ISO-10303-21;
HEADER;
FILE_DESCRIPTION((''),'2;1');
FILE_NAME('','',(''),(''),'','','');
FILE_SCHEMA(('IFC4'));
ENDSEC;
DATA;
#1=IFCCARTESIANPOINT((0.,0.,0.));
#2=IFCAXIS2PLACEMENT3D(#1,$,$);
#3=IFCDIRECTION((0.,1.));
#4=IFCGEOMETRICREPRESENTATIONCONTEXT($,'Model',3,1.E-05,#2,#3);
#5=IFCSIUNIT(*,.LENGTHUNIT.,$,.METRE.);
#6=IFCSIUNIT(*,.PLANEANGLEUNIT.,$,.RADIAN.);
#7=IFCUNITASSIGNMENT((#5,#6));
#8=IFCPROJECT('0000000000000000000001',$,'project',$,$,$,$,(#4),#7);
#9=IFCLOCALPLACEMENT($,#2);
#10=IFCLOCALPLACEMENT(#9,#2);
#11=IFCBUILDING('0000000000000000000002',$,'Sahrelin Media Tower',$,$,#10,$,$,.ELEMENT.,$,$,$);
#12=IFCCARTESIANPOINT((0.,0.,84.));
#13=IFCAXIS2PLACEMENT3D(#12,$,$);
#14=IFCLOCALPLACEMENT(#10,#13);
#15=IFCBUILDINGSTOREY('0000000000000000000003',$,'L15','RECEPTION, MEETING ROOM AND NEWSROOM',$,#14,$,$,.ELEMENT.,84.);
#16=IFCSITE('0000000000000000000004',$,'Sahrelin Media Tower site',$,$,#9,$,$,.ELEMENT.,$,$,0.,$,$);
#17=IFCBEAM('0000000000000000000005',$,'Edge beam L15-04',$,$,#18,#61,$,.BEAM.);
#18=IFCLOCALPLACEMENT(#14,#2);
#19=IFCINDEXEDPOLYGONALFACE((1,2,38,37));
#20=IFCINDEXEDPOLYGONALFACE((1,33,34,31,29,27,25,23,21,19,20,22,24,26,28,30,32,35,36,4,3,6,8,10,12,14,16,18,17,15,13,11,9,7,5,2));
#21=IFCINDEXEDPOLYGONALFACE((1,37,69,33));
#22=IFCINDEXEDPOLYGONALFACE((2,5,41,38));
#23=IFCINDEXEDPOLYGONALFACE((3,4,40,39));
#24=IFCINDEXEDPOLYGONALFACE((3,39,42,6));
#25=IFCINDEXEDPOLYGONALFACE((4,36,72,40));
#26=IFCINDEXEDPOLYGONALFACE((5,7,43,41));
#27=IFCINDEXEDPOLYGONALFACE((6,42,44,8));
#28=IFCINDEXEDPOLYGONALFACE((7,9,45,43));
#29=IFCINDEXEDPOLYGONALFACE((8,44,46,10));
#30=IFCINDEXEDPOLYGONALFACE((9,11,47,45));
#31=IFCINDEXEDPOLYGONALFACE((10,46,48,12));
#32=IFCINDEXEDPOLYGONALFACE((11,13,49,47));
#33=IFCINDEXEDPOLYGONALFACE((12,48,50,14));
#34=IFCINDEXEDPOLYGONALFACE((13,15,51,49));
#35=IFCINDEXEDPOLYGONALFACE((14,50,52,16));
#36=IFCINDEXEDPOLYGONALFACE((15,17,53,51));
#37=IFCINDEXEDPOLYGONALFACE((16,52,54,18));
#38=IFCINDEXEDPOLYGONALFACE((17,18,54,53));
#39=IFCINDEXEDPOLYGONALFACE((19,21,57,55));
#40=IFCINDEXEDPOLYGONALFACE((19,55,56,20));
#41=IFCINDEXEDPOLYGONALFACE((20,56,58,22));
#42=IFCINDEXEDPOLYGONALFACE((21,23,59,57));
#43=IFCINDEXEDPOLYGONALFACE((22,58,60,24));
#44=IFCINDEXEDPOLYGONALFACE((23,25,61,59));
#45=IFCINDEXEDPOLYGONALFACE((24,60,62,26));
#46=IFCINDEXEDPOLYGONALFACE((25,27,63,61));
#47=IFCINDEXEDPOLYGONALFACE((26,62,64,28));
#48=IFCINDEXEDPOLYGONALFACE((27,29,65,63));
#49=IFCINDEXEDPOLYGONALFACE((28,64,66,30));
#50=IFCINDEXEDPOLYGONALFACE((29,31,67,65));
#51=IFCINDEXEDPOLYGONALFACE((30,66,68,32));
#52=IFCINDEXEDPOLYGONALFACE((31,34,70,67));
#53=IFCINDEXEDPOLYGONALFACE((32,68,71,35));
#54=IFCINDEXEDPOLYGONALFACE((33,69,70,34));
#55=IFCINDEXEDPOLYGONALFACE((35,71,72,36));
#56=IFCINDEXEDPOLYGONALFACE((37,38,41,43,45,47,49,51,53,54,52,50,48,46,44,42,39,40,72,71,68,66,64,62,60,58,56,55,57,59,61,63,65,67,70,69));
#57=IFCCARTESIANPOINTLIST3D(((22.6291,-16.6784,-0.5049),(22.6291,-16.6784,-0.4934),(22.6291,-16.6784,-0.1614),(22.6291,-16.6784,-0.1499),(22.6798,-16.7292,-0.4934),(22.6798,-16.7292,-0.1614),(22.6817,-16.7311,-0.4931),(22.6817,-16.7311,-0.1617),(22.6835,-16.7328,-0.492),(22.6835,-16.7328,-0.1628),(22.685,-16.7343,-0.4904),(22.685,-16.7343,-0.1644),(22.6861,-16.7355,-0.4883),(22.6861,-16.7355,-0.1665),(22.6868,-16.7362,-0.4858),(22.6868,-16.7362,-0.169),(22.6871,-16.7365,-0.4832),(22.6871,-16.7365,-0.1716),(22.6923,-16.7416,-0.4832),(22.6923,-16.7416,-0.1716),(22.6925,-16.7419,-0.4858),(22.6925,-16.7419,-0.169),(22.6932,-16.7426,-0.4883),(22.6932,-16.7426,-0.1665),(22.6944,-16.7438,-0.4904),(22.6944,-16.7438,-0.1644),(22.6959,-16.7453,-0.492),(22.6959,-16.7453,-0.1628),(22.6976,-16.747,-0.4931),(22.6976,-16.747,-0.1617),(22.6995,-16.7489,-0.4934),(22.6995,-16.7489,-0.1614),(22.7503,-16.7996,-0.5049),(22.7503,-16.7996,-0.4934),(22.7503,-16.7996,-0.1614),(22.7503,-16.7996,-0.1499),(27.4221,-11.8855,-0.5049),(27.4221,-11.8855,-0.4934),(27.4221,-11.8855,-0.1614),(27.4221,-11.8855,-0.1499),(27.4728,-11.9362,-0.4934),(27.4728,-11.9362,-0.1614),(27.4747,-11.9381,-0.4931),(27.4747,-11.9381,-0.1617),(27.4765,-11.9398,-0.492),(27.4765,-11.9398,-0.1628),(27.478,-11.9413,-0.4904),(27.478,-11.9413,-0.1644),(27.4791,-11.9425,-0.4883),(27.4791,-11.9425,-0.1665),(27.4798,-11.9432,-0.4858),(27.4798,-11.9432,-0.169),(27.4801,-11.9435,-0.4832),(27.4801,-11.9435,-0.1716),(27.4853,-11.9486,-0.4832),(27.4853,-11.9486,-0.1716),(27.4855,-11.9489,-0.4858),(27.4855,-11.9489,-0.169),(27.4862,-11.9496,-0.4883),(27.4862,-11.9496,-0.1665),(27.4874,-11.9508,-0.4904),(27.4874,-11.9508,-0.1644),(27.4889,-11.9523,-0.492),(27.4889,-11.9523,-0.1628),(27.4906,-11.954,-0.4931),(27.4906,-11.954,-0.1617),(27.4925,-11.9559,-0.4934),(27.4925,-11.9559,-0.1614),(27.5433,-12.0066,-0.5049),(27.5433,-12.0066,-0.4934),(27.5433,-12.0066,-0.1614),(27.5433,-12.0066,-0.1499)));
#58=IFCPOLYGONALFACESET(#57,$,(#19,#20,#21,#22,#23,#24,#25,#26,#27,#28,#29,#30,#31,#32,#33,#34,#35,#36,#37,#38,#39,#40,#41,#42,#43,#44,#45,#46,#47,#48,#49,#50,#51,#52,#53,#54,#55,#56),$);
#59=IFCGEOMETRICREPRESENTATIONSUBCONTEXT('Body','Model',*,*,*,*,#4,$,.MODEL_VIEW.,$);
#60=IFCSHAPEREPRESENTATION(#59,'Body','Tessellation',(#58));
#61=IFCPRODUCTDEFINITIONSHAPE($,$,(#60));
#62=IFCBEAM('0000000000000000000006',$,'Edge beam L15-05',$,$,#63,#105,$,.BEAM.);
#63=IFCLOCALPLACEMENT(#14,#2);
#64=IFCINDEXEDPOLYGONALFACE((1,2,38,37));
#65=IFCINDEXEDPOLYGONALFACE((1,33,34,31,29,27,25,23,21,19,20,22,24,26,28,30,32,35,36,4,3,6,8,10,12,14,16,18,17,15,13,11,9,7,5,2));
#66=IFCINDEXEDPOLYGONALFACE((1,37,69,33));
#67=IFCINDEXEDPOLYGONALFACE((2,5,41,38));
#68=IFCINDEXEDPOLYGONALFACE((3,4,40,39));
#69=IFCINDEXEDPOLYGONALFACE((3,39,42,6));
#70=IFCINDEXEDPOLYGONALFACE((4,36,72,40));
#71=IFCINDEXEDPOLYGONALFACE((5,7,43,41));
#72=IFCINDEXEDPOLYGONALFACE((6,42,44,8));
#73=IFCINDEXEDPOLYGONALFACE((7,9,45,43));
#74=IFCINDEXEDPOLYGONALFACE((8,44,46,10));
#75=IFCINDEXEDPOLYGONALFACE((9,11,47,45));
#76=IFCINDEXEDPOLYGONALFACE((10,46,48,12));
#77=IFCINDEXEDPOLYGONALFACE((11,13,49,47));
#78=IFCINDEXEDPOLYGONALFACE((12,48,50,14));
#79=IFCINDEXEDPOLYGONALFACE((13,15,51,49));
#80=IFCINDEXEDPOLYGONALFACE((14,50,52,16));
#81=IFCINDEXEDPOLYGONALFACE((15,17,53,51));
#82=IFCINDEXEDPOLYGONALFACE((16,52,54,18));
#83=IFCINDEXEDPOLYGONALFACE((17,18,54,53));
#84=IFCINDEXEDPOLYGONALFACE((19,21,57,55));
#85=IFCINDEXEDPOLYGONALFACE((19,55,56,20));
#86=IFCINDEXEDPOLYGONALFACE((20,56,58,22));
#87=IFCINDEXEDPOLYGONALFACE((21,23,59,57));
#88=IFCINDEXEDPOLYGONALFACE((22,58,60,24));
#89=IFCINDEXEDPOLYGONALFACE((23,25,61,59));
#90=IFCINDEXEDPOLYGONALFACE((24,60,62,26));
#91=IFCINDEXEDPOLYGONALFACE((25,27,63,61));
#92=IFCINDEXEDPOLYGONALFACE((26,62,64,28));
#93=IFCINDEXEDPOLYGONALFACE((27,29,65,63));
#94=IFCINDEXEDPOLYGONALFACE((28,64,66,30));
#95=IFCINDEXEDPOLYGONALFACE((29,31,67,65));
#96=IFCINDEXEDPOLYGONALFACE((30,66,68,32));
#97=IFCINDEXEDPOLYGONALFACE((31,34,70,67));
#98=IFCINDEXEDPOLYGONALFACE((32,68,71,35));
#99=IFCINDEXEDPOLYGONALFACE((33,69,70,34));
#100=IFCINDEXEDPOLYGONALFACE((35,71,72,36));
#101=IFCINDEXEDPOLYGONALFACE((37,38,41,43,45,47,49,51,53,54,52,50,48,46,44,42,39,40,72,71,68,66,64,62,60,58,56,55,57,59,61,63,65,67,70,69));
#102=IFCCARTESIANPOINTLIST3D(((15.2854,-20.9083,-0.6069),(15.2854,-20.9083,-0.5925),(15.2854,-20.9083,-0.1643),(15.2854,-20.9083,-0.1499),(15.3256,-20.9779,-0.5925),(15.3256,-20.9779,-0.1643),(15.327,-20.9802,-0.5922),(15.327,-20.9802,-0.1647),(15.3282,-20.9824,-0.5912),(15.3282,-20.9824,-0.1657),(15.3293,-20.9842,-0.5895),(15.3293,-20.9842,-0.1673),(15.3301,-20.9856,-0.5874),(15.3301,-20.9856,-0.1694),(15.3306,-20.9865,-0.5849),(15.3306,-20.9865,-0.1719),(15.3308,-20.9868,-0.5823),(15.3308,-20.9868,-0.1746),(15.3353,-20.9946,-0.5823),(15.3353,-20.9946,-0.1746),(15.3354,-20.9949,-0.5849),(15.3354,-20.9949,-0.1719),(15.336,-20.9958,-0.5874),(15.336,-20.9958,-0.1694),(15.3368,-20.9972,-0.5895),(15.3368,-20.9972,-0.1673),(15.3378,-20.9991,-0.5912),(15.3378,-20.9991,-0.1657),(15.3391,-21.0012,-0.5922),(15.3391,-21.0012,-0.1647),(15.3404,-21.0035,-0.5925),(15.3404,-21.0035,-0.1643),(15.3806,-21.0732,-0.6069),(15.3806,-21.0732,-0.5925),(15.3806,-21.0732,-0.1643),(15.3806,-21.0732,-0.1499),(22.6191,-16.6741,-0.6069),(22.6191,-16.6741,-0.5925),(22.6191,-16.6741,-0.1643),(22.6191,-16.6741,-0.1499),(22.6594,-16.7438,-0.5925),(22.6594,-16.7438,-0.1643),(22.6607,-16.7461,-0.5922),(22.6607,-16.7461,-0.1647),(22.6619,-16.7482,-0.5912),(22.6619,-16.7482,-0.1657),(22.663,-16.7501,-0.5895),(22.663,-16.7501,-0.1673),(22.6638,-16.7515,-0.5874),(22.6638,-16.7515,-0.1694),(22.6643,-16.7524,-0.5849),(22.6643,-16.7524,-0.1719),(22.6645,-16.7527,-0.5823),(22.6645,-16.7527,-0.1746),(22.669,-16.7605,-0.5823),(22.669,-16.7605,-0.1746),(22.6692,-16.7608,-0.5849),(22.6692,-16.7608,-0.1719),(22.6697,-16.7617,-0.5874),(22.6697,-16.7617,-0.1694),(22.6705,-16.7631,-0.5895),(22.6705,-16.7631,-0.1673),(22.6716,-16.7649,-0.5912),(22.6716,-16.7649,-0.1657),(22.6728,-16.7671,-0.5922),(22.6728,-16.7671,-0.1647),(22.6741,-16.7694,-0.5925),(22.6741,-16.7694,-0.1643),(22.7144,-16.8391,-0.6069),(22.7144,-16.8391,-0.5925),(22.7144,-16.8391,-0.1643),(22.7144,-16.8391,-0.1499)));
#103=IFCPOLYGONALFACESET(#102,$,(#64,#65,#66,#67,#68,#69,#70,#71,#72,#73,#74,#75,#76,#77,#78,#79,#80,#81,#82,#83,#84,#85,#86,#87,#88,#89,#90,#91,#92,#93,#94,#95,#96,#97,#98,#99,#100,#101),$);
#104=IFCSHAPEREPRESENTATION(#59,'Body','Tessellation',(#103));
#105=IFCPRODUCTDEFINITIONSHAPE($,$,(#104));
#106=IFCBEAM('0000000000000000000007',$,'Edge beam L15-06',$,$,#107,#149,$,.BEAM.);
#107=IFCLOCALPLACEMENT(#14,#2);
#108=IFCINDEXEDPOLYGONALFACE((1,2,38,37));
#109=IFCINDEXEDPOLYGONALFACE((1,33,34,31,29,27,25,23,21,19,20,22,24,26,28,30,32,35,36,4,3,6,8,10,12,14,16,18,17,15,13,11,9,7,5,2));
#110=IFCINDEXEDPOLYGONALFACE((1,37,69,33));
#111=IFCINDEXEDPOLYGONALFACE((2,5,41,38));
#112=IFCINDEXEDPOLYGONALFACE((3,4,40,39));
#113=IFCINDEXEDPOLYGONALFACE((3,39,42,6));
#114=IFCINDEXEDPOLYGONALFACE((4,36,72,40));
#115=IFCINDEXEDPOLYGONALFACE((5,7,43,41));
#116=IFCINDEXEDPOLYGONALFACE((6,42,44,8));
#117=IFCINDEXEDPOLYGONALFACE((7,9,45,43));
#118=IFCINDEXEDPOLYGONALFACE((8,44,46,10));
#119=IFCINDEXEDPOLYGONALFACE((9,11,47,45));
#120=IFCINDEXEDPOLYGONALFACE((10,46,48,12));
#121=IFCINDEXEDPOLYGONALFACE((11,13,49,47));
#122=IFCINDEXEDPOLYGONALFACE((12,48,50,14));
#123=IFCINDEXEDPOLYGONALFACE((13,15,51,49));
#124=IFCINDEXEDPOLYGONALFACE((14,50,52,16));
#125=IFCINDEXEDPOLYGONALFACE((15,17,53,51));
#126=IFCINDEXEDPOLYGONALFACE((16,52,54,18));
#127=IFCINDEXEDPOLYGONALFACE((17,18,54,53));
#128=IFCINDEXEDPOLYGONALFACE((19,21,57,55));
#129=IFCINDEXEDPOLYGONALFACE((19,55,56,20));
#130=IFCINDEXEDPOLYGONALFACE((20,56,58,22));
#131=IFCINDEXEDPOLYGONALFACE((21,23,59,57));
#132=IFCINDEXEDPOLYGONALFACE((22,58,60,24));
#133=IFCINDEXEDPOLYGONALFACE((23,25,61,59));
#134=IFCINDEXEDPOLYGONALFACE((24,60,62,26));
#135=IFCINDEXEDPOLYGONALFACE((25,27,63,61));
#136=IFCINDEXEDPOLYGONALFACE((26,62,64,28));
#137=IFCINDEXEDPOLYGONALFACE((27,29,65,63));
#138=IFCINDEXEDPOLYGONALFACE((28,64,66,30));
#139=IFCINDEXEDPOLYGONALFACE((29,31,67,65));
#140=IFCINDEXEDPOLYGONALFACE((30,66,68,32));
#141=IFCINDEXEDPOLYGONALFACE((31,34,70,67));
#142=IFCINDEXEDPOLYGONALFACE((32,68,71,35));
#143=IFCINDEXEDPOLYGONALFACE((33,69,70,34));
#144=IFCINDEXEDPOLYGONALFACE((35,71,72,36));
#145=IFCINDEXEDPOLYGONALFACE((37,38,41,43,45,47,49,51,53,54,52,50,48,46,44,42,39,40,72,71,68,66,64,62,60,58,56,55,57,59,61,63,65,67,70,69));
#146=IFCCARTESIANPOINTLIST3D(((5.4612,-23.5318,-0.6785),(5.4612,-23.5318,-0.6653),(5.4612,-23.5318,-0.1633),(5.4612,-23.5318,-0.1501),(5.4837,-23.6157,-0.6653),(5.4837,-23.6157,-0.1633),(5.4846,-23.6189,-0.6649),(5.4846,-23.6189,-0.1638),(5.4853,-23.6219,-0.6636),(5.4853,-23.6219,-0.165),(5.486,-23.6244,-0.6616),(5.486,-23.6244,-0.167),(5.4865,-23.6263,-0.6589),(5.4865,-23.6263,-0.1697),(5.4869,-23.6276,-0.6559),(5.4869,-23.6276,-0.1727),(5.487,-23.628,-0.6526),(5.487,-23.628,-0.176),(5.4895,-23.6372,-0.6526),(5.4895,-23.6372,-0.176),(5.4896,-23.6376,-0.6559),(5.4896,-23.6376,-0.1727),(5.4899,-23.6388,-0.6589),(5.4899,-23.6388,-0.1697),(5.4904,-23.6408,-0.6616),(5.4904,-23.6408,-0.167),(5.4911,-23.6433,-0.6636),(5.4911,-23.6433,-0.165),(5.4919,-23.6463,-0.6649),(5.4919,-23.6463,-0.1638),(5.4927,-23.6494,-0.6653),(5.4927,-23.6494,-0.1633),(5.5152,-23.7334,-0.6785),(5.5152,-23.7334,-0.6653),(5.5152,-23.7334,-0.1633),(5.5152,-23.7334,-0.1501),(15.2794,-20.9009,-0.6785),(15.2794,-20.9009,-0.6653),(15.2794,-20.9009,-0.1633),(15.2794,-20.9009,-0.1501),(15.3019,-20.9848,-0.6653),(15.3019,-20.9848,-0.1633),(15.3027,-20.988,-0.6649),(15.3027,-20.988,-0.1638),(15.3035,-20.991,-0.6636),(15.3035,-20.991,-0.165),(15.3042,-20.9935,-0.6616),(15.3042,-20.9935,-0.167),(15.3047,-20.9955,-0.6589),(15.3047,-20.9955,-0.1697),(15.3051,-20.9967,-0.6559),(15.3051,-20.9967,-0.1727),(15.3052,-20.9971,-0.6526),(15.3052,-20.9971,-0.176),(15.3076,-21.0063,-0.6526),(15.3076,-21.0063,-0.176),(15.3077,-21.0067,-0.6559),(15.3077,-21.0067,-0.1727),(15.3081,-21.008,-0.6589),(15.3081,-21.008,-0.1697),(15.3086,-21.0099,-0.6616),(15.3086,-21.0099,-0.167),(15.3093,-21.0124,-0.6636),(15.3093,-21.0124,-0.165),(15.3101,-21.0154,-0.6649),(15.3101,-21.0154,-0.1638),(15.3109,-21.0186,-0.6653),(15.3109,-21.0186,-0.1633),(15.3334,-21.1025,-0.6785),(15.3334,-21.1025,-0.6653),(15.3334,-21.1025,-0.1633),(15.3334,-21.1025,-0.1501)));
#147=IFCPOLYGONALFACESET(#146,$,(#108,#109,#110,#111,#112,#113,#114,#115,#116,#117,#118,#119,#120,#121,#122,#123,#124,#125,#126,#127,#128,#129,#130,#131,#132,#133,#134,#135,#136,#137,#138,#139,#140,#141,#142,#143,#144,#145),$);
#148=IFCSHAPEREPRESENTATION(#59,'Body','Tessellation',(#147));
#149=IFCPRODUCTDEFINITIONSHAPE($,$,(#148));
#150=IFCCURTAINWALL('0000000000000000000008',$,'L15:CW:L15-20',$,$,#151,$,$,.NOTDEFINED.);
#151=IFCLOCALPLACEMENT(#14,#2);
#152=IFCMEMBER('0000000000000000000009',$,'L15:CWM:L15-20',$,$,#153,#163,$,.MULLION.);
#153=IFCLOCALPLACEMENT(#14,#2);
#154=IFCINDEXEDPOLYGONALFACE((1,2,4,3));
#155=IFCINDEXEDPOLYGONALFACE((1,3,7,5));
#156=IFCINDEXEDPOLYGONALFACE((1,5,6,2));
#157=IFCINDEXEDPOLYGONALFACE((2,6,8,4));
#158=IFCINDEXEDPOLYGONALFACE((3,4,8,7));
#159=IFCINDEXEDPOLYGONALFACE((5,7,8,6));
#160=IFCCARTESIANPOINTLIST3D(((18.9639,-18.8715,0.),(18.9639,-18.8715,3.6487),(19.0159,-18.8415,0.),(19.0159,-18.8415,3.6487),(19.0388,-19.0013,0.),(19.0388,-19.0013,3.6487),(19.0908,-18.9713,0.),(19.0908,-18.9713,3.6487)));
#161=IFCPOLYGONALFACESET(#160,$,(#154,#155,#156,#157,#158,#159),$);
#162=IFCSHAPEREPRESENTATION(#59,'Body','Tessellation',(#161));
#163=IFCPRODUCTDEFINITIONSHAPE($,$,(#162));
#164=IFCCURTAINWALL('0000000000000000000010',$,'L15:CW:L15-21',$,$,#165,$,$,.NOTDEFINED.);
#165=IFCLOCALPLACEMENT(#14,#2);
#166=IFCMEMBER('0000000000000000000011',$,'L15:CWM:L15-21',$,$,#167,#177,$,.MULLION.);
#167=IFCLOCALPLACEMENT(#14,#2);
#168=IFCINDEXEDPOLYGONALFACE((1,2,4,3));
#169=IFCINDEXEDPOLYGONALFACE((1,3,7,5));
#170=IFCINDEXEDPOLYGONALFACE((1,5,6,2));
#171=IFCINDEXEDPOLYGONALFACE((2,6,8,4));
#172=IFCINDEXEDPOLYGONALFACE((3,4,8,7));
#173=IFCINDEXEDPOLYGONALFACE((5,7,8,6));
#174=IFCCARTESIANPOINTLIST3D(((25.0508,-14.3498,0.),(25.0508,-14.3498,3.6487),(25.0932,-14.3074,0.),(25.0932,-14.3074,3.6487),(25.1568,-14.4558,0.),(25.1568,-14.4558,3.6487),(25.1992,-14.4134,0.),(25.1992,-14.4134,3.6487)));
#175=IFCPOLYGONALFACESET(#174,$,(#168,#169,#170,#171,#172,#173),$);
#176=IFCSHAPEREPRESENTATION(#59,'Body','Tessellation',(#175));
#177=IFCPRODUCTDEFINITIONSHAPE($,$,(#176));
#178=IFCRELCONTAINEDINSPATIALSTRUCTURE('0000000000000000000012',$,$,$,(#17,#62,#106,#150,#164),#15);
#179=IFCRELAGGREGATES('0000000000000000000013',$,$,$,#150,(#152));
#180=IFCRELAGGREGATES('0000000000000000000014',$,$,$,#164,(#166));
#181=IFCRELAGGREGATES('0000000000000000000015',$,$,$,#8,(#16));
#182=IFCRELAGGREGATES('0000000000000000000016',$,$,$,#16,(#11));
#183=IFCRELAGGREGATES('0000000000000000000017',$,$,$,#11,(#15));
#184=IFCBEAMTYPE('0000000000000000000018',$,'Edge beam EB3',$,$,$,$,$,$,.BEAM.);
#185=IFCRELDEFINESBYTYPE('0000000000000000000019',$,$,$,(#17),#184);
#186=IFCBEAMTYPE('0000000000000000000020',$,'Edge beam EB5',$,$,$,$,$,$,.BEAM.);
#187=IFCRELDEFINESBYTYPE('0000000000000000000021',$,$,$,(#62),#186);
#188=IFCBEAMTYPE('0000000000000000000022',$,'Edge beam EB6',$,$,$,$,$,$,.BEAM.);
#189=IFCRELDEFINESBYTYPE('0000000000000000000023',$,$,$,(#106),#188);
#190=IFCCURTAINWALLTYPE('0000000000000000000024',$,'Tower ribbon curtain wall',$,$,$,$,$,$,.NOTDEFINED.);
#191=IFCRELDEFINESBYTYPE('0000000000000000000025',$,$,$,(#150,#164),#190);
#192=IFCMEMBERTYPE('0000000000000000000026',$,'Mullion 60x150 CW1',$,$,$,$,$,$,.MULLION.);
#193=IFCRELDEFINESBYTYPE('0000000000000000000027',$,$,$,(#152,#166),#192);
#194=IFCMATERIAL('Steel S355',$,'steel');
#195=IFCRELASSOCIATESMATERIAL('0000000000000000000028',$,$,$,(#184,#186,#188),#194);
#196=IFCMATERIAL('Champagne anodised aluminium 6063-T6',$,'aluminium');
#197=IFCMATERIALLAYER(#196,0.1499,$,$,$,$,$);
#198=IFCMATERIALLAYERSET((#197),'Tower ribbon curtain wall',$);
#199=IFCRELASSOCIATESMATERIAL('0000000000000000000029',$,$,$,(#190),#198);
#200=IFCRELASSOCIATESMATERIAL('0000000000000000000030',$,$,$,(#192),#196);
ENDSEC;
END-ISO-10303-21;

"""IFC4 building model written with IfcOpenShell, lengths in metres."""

from ifc_helpers import new_model, si_unit, direction, frame, origin, origin_2d, place, context, subcontext, project, spatial, rectangle, i_section, extrude, material, layer, layer_set, material_profile, profile_set, type_object, element, aggregate, save


model = new_model("IFC4")

# Units and contexts
model_context = context("Model", 3, precision=1e-05, world=origin(), true_north=direction((0.0, 1.0)))
body_context = subcontext(model_context, "Body", "Model", "MODEL_VIEW")
ifc_project = project(units=[si_unit("LENGTHUNIT", "METRE"), si_unit("PLANEANGLEUNIT", "RADIAN")], contexts=[model_context])

# Site, building, storey
site_placement = place(None, origin())
site = spatial("IfcSite", under=ifc_project, at=site_placement, Name="Sahrelin Media Tower site", CompositionType="ELEMENT", RefElevation=0.0)
building_placement = place(site_placement, origin())
building = spatial("IfcBuilding", under=site, at=building_placement, Name="Sahrelin Media Tower", CompositionType="ELEMENT")
storey_placement = place(building_placement, frame((0.0, 0.0, 84.0)))
storey = spatial("IfcBuildingStorey", under=building, at=storey_placement, Name="L15", Description="RECEPTION, MEETING ROOM AND NEWSROOM", CompositionType="ELEMENT", Elevation=84.0)

# Beams
ifc_material_1 = material(Name="Steel S355", Category="steel")
ifc_material_profile_1 = material_profile(ifc_material_1, i_section(OverallWidth=0.1714, OverallDepth=0.355, WebThickness=0.0073, FlangeThickness=0.0115, FilletRadius=0.0103, at=origin_2d()), Name="UB 356x171x51")
ifc_profile_set_1 = profile_set([ifc_material_profile_1], Name="Steel S355")
beam_type_1 = type_object("IfcBeamType", Name="Edge beam EB3", PredefinedType="BEAM", material=ifc_profile_set_1)
beam_1_placement = place(storey_placement, frame((27.4827, -11.946, -0.3274), z_axis=(-0.707107, -0.707107, 0.0), x_axis=(0.707107, -0.707107, 0.0)))
element("IfcBeam", 1, at=beam_1_placement, inside=storey, type_object=beam_type_1, Name="Edge beam L15-04", PredefinedType="BEAM", context=body_context, shape_type="SweptSolid", body=[
    extrude(i_section(OverallWidth=0.1714, OverallDepth=0.355, WebThickness=0.0073, FlangeThickness=0.0115, FilletRadius=0.0103, at=origin_2d()), origin(), (0.0, 0.0, 1.0), 6.7783),
])
ifc_material_profile_2 = material_profile(ifc_material_1, i_section(OverallWidth=0.1904, OverallDepth=0.457, WebThickness=0.009, FlangeThickness=0.0144, FilletRadius=0.0103, at=origin_2d()), Name="UB 457x191x74")
ifc_profile_set_2 = profile_set([ifc_material_profile_2], Name="Steel S355")
beam_type_2 = type_object("IfcBeamType", Name="Edge beam EB5", PredefinedType="BEAM", material=ifc_profile_set_2)
beam_2_placement = place(storey_placement, frame((22.6667, -16.7566, -0.3784), z_axis=(-0.866026, -0.499999, 0.0), x_axis=(0.499999, -0.866026, 0.0)))
element("IfcBeam", 2, at=beam_2_placement, inside=storey, type_object=beam_type_2, Name="Edge beam L15-05", PredefinedType="BEAM", context=body_context, shape_type="SweptSolid", body=[
    extrude(i_section(OverallWidth=0.1904, OverallDepth=0.457, WebThickness=0.009, FlangeThickness=0.0144, FilletRadius=0.0103, at=origin_2d()), origin(), (0.0, 0.0, 1.0), 8.4683),
])
ifc_material_profile_3 = material_profile(ifc_material_1, i_section(OverallWidth=0.2087, OverallDepth=0.5283, WebThickness=0.0095, FlangeThickness=0.0132, FilletRadius=0.0127, at=origin_2d()), Name="UB 533x210x82")
ifc_profile_set_3 = profile_set([ifc_material_profile_3], Name="Steel S355")
beam_type_3 = type_object("IfcBeamType", Name="Edge beam EB6", PredefinedType="BEAM", material=ifc_profile_set_3)
beam_3_placement = place(storey_placement, frame((15.3064, -21.0017, -0.4143), z_axis=(-0.965923, -0.258829, 0.0), x_axis=(0.258829, -0.965923, 0.0)))
element("IfcBeam", 3, at=beam_3_placement, inside=storey, type_object=beam_type_3, Name="Edge beam L15-06", PredefinedType="BEAM", context=body_context, shape_type="SweptSolid", body=[
    extrude(i_section(OverallWidth=0.2087, OverallDepth=0.5283, WebThickness=0.0095, FlangeThickness=0.0132, FilletRadius=0.0127, at=origin_2d()), origin(), (0.0, 0.0, 1.0), 10.1646),
])

# Curtain walls, members
ifc_material_2 = material(Name="Champagne anodised aluminium 6063-T6", Category="aluminium")
ifc_layer_1 = layer(ifc_material_2, 0.1499)
ifc_layer_set_1 = layer_set([ifc_layer_1], Name="Tower ribbon curtain wall")
curtain_wall_type = type_object("IfcCurtainWallType", Name="Tower ribbon curtain wall", PredefinedType="NOTDEFINED", material=ifc_layer_set_1)
curtain_wall_1_placement = place(storey_placement, frame((19.075, -19.0037, 0.0), z_axis=(0.0, 0.0, 1.0), x_axis=(1.0, 0.0, 0.0)))
curtain_wall_1 = element("IfcCurtainWall", 4, at=curtain_wall_1_placement, inside=storey, type_object=curtain_wall_type, Name="L15:CW:L15-20", PredefinedType="NOTDEFINED")
ifc_material_profile_4 = material_profile(ifc_material_2, rectangle(XDim=0.0601, YDim=0.1499, at=origin_2d()), Name="Mullion 60x150")
ifc_profile_set_4 = profile_set([ifc_material_profile_4], Name="Champagne anodised aluminium 6063-T6")
member_type_1 = type_object("IfcMemberType", Name="Mullion 60x150 CW1", PredefinedType="MULLION", material=ifc_profile_set_4)
member_1_placement = place(storey_placement, frame((19.0273, -18.9214, 0.0), z_axis=(0.0, 0.0, 1.0), x_axis=(0.866023, 0.500005, 0.0)))
member_1 = element("IfcMember", 5, at=member_1_placement, type_object=member_type_1, Name="L15:CWM:L15-20", PredefinedType="MULLION", context=body_context, shape_type="SweptSolid", body=[
    extrude(rectangle(XDim=0.0601, YDim=0.1499, at=origin_2d()), origin(), (0.0, 0.0, 1.0), 3.6487),
])
curtain_wall_2_placement = place(storey_placement, frame((25.1921, -14.4487, 0.0), z_axis=(0.0, 0.0, 1.0), x_axis=(1.0, 0.0, 0.0)))
curtain_wall_2 = element("IfcCurtainWall", 6, at=curtain_wall_2_placement, inside=storey, type_object=curtain_wall_type, Name="L15:CW:L15-21", PredefinedType="NOTDEFINED")
member_2_placement = place(storey_placement, frame((25.125, -14.3816, 0.0), z_axis=(0.0, 0.0, 1.0), x_axis=(0.707114, 0.707099, 0.0)))
member_2 = element("IfcMember", 7, at=member_2_placement, type_object=member_type_1, Name="L15:CWM:L15-21", PredefinedType="MULLION", context=body_context, shape_type="SweptSolid", body=[
    extrude(rectangle(XDim=0.0601, YDim=0.1499, at=origin_2d()), origin(), (0.0, 0.0, 1.0), 3.6487),
])

aggregate(curtain_wall_1, [member_1])
aggregate(curtain_wall_2, [member_2])

save(model, "model.ifc")
